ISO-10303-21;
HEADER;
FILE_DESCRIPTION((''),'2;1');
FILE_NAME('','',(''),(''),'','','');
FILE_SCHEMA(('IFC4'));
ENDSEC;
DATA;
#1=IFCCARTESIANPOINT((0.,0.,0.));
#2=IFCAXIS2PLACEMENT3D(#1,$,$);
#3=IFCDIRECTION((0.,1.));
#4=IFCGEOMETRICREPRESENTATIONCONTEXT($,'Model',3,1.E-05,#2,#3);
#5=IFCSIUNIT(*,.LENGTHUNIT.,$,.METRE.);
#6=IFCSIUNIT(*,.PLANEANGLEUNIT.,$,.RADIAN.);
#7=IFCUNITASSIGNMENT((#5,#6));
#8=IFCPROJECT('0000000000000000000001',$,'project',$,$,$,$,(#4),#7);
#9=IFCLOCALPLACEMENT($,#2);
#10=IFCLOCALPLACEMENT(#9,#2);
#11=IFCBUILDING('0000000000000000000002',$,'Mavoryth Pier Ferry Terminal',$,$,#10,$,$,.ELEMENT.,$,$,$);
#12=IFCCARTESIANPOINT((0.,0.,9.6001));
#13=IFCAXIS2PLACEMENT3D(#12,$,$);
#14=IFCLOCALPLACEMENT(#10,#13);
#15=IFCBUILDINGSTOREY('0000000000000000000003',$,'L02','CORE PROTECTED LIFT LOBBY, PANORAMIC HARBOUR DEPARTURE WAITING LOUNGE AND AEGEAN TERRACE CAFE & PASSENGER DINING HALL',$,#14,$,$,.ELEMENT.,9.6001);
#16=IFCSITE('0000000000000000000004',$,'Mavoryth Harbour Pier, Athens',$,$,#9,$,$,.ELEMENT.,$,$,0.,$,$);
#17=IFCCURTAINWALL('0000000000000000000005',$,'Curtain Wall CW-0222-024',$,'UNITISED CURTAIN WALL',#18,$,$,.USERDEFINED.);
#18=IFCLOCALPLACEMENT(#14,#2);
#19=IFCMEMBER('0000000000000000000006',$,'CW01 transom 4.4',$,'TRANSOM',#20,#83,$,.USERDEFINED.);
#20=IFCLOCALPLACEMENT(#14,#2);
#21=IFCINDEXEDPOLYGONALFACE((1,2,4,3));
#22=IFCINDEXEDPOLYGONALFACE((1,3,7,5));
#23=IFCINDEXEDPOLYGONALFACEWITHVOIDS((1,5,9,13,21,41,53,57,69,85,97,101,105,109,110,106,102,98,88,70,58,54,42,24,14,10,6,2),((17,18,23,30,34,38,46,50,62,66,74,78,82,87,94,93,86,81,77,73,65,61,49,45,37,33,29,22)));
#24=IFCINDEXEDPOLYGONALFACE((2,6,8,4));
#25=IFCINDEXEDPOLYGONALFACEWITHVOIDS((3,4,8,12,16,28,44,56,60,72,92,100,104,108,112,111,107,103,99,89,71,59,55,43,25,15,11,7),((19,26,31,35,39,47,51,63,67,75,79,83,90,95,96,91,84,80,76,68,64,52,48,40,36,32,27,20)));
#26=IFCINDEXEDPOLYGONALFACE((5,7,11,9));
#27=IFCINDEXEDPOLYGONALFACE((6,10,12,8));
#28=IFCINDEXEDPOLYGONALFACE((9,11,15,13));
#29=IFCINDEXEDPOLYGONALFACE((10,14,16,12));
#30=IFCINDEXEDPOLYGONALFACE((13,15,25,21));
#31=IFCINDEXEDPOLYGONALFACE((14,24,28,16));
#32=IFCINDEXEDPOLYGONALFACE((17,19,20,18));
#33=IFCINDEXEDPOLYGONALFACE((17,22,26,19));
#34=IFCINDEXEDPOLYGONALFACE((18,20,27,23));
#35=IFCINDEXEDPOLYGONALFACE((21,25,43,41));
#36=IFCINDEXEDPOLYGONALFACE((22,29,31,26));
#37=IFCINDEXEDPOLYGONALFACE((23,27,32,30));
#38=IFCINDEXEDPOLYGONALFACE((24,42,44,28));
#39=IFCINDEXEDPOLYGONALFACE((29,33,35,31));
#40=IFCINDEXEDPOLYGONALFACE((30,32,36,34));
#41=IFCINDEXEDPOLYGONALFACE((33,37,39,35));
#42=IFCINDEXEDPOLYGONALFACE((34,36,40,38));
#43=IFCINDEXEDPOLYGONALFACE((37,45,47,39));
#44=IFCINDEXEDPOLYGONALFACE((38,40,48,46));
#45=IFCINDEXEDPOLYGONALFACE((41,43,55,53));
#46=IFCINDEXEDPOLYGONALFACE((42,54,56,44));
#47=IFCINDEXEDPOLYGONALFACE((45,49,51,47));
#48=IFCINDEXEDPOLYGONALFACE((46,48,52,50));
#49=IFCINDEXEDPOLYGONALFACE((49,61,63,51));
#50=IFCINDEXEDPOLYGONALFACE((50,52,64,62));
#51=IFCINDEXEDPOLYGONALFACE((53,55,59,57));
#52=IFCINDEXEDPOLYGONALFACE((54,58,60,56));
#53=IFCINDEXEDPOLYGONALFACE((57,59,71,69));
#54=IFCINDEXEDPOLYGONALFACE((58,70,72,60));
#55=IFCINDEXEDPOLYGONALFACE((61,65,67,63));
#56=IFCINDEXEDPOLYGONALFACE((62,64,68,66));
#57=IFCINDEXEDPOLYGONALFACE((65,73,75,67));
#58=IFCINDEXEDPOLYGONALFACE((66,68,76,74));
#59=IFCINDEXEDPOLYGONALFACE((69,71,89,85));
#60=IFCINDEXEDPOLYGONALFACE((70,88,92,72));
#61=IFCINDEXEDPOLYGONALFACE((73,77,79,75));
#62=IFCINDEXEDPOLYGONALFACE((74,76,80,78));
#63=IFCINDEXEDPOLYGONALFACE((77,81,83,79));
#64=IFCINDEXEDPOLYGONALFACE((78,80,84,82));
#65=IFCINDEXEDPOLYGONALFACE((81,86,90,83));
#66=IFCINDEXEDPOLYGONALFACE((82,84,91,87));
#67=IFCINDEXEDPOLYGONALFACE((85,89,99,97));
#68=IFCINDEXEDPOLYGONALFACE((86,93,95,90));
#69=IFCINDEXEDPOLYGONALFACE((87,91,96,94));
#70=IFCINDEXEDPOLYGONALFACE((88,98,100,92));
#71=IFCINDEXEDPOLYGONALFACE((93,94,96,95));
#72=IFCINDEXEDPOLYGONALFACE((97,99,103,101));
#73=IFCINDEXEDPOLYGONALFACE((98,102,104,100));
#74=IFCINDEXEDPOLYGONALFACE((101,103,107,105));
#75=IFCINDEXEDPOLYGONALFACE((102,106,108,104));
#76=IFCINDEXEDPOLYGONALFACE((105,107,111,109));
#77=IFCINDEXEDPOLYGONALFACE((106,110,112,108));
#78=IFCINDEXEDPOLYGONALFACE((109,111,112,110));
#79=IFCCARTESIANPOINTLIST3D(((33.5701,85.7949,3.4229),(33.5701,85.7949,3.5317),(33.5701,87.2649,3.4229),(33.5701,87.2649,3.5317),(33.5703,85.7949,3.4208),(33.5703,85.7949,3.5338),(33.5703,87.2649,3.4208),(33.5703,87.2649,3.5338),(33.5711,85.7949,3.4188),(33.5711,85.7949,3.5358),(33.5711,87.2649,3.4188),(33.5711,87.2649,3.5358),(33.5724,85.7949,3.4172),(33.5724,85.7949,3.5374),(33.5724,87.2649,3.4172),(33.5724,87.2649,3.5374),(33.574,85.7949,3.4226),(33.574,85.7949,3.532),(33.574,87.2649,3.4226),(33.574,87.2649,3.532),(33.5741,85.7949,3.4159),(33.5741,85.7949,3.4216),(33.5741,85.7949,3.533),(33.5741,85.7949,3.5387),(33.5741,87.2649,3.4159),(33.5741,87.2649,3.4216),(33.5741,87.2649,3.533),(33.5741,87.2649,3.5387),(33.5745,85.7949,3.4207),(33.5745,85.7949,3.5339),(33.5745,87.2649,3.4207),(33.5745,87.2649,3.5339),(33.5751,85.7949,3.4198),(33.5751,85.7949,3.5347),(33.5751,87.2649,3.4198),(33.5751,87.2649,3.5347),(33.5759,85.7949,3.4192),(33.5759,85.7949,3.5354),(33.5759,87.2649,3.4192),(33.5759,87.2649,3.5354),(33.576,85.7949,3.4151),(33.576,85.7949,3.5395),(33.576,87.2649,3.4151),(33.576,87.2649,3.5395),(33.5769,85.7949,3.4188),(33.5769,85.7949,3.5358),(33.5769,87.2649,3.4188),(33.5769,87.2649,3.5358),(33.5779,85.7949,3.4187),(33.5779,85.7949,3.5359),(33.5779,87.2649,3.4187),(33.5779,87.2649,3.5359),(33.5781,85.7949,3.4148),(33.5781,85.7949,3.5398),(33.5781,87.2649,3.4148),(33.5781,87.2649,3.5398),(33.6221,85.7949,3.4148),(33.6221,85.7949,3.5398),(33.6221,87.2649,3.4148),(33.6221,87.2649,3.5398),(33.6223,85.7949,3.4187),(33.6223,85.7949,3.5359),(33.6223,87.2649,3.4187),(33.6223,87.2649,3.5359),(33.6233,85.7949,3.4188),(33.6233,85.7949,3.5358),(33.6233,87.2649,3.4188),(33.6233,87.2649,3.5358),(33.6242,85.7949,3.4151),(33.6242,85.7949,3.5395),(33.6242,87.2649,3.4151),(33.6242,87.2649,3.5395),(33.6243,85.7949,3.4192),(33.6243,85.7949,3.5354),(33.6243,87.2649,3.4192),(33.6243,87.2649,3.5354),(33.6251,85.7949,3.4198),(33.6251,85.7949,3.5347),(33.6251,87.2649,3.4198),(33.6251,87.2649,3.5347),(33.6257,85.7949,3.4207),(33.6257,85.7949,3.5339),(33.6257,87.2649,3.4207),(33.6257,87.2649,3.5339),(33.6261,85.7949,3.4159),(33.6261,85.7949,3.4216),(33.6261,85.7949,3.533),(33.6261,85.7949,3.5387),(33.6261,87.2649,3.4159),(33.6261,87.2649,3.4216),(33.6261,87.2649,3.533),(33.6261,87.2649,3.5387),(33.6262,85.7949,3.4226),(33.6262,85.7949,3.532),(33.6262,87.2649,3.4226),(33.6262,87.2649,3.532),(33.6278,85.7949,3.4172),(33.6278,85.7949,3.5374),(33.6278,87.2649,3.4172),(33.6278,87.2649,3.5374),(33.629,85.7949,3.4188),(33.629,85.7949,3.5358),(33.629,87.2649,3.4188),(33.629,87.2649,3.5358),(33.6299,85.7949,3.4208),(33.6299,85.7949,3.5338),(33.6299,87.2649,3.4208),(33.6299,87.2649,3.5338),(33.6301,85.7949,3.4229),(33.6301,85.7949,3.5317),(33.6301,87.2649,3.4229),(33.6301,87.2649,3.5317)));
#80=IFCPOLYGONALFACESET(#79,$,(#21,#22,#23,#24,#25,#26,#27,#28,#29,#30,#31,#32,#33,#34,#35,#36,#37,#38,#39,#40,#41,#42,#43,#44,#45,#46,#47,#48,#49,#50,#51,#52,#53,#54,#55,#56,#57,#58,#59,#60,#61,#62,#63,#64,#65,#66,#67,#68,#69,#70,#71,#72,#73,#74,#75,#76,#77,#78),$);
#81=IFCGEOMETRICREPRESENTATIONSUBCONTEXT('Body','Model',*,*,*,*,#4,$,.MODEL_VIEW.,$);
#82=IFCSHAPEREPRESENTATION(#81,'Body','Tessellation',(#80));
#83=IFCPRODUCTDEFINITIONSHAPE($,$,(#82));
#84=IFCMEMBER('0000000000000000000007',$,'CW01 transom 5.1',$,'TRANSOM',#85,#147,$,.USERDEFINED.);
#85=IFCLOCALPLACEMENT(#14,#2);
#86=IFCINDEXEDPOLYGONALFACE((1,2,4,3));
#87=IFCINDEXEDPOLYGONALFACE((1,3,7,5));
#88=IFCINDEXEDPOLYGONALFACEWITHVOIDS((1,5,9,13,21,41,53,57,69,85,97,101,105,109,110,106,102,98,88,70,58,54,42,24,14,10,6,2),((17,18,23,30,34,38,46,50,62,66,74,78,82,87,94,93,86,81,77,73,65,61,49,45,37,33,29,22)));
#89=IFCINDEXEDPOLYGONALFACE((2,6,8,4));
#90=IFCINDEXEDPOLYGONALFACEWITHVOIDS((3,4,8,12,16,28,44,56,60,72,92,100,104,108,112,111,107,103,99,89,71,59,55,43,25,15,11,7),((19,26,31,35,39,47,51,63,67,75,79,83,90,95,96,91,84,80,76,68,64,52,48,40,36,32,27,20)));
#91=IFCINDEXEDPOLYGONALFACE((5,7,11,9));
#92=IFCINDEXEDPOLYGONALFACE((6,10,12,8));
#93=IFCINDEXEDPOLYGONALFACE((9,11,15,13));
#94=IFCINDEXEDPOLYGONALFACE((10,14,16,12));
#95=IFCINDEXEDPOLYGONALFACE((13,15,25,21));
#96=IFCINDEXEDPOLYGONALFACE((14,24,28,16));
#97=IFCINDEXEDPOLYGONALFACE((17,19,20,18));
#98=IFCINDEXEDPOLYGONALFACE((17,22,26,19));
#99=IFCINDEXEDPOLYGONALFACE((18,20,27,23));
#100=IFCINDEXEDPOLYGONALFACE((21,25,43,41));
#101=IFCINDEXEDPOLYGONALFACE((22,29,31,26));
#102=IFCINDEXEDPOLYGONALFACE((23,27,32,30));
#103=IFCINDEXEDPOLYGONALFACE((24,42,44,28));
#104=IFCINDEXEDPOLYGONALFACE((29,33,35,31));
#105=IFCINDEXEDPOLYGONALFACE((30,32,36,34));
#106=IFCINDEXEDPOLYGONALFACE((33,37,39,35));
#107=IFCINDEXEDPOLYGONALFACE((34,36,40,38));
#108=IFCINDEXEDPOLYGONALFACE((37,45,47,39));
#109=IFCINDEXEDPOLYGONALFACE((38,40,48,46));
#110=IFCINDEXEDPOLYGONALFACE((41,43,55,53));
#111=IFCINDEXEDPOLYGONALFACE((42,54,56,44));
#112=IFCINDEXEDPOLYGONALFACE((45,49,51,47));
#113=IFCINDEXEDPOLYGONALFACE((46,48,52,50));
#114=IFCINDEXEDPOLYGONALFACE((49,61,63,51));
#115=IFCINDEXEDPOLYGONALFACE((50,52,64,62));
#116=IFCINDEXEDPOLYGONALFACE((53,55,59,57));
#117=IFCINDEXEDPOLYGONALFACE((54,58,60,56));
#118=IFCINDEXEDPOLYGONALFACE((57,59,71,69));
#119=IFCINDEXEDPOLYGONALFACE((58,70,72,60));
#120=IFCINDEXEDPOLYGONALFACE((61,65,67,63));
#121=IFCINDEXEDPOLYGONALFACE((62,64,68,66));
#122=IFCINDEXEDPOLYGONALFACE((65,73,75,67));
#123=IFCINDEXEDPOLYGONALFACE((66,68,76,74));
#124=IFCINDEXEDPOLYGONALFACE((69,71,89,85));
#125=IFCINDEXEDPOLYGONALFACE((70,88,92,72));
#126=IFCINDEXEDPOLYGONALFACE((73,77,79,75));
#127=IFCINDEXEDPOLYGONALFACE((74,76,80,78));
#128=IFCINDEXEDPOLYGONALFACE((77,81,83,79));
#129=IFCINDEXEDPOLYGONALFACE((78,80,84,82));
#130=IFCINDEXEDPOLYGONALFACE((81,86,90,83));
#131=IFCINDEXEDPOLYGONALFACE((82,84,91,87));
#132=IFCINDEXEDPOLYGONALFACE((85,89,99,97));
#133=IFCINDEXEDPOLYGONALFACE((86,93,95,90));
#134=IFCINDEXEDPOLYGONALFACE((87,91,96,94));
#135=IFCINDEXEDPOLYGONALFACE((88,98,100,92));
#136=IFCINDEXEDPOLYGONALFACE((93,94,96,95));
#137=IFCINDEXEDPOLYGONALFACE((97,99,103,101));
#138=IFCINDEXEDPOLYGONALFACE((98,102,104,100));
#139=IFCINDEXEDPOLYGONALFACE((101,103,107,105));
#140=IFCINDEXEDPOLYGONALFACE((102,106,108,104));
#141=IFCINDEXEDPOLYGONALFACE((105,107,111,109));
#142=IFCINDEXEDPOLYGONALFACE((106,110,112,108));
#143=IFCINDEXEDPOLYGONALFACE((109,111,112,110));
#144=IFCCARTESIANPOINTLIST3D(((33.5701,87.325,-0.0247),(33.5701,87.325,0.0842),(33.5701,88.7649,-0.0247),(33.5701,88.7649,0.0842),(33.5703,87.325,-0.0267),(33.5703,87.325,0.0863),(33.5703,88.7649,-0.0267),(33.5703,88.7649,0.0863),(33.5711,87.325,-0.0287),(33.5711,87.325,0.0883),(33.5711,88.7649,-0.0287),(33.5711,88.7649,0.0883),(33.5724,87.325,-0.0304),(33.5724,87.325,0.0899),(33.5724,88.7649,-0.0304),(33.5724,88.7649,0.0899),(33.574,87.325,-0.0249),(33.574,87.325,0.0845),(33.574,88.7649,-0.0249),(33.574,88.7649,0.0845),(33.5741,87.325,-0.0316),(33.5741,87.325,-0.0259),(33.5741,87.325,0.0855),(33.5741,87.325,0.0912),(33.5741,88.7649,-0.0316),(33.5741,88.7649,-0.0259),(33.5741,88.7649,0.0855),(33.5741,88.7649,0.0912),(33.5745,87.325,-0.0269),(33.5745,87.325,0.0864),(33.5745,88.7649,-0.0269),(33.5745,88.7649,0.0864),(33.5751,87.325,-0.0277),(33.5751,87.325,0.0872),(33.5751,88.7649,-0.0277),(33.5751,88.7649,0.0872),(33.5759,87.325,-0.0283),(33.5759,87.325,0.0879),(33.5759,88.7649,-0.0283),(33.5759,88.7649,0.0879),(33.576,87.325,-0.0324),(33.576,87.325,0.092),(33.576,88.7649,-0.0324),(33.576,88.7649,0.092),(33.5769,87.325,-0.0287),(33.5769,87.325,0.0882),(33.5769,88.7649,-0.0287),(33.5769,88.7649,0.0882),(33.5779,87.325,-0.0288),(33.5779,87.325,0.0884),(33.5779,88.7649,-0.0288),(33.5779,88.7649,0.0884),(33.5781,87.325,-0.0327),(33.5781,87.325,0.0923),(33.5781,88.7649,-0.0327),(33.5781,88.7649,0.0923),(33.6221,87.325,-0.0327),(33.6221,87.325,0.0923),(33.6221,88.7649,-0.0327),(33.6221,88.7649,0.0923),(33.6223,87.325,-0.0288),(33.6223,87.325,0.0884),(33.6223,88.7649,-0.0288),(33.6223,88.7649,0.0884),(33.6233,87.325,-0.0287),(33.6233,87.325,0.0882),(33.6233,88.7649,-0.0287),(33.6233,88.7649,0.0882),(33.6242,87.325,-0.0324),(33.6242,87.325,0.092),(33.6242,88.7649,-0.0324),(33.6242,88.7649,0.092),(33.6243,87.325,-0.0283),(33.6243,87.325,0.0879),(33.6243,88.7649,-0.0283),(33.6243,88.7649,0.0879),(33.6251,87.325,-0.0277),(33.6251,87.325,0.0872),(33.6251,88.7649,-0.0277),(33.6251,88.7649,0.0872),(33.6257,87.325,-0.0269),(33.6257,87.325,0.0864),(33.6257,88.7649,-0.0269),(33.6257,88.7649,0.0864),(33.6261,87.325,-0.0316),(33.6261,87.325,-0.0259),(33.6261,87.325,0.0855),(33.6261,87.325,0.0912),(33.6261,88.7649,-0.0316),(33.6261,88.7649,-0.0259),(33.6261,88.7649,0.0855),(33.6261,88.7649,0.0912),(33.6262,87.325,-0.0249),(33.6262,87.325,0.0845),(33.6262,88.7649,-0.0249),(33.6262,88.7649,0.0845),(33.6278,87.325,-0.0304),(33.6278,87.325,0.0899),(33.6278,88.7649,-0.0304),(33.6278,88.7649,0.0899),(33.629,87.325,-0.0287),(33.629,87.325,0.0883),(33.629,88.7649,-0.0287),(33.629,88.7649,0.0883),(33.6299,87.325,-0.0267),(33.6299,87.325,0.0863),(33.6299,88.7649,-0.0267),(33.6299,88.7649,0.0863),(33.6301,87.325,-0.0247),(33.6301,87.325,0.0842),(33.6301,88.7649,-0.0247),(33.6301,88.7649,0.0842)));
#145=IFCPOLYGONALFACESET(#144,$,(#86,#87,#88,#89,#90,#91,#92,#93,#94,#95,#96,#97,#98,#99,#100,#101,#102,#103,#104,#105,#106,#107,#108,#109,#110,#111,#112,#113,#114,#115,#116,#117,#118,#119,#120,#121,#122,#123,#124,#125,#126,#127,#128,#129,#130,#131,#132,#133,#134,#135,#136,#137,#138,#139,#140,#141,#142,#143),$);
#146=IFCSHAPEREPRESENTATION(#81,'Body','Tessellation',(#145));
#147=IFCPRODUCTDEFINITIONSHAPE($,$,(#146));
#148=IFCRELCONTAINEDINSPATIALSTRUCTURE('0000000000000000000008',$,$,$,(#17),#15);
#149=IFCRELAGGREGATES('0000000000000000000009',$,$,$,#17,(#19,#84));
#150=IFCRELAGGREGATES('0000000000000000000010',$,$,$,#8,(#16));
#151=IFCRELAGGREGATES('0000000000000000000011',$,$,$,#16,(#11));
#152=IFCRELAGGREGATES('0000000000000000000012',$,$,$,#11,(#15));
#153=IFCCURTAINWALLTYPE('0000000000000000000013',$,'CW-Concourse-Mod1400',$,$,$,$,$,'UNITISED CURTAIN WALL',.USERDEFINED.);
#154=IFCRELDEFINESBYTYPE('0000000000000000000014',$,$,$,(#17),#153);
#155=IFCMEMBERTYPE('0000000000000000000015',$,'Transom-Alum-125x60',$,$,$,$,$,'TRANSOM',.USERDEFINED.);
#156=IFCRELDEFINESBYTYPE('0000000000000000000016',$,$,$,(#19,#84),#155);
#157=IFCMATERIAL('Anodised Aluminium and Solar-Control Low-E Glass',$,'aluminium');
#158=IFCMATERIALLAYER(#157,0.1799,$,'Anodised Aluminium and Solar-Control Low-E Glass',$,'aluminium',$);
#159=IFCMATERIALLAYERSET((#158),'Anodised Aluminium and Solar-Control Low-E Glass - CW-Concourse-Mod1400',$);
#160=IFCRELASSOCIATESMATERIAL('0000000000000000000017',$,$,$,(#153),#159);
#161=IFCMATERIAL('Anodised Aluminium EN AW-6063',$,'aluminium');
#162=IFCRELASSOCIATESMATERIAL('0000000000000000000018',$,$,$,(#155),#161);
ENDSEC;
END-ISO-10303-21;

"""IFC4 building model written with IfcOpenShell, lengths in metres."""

from ifc_helpers import new_model, si_unit, direction, frame, origin, origin_2d, place, context, subcontext, project, spatial, hollow_rectangle, extrude, material, layer, layer_set, material_profile, profile_set, type_object, element, aggregate, save


model = new_model("IFC4")

# Units and contexts
model_context = context("Model", 3, precision=1e-05, world=origin(), true_north=direction((0.0, 1.0)))
body_context = subcontext(model_context, "Body", "Model", "MODEL_VIEW")
ifc_project = project(units=[si_unit("LENGTHUNIT", "METRE"), si_unit("PLANEANGLEUNIT", "RADIAN")], contexts=[model_context])

# Site, building, storey
site_placement = place(None, origin())
site = spatial("IfcSite", under=ifc_project, at=site_placement, Name="Mavoryth Harbour Pier, Athens", CompositionType="ELEMENT", RefElevation=0.0)
building_placement = place(site_placement, origin())
building = spatial("IfcBuilding", under=site, at=building_placement, Name="Mavoryth Pier Ferry Terminal", CompositionType="ELEMENT")
storey_placement = place(building_placement, frame((0.0, 0.0, 9.6001)))
storey = spatial("IfcBuildingStorey", under=building, at=storey_placement, Name="L02", Description="CORE PROTECTED LIFT LOBBY, PANORAMIC HARBOUR DEPARTURE WAITING LOUNGE AND AEGEAN TERRACE CAFE & PASSENGER DINING HALL", CompositionType="ELEMENT", Elevation=9.6001)

# Curtain wall
ifc_material_1 = material(Name="Anodised Aluminium and Solar-Control Low-E Glass", Category="aluminium")
ifc_layer_1 = layer(ifc_material_1, 0.1799, Name="Anodised Aluminium and Solar-Control Low-E Glass", Category="aluminium")
ifc_layer_set_1 = layer_set([ifc_layer_1], Name="Anodised Aluminium and Solar-Control Low-E Glass - CW-Concourse-Mod1400")
curtain_wall_type = type_object("IfcCurtainWallType", Name="CW-Concourse-Mod1400", ElementType="UNITISED CURTAIN WALL", PredefinedType="USERDEFINED", material=ifc_layer_set_1)
curtain_wall_1_placement = place(storey_placement, origin())
curtain_wall_1 = element("IfcCurtainWall", 1, at=curtain_wall_1_placement, inside=storey, type_object=curtain_wall_type, Name="Curtain Wall CW-0222-024", ObjectType="UNITISED CURTAIN WALL", PredefinedType="USERDEFINED")
ifc_material_2 = material(Name="Anodised Aluminium EN AW-6063", Category="aluminium")

# Members
ifc_material_profile_1 = material_profile(ifc_material_2, hollow_rectangle(XDim=0.0601, YDim=0.125, WallThickness=0.0039, InnerFilletRadius=0.0039, OuterFilletRadius=0.0081, at=origin_2d()), Name="AL-TRAN 125x60x4", Category="aluminium")
ifc_profile_set_1 = profile_set([ifc_material_profile_1], Name="Anodised Aluminium EN AW-6063 - AL-TRAN 125x60x4")
member_type_1 = type_object("IfcMemberType", Name="Transom-Alum-125x60", ElementType="TRANSOM", PredefinedType="USERDEFINED", material=ifc_profile_set_1)
member_1_placement = place(storey_placement, frame((33.6001, 85.7949, 3.4773), z_axis=(0.0, 1.0, 0.0), x_axis=(-1.0, 0.0, 0.0)))
member_1 = element("IfcMember", 2, at=member_1_placement, type_object=member_type_1, Name="CW01 transom 4.4", ObjectType="TRANSOM", PredefinedType="USERDEFINED", context=body_context, shape_type="SweptSolid", body=[
    extrude(hollow_rectangle(XDim=0.0601, YDim=0.125, WallThickness=0.0039, InnerFilletRadius=0.0039, OuterFilletRadius=0.0081, at=origin_2d()), origin(), (0.0, 0.0, 1.0), 1.47),
])
member_2_placement = place(storey_placement, frame((33.6001, 87.325, 0.0298), z_axis=(0.0, 1.0, 0.0), x_axis=(-1.0, 0.0, 0.0)))
member_2 = element("IfcMember", 3, at=member_2_placement, type_object=member_type_1, Name="CW01 transom 5.1", ObjectType="TRANSOM", PredefinedType="USERDEFINED", context=body_context, shape_type="SweptSolid", body=[
    extrude(hollow_rectangle(XDim=0.0601, YDim=0.125, WallThickness=0.0039, InnerFilletRadius=0.0039, OuterFilletRadius=0.0081, at=origin_2d()), origin(), (0.0, 0.0, 1.0), 1.4399),
])

aggregate(curtain_wall_1, [member_1, member_2])

save(model, "model.ifc")
